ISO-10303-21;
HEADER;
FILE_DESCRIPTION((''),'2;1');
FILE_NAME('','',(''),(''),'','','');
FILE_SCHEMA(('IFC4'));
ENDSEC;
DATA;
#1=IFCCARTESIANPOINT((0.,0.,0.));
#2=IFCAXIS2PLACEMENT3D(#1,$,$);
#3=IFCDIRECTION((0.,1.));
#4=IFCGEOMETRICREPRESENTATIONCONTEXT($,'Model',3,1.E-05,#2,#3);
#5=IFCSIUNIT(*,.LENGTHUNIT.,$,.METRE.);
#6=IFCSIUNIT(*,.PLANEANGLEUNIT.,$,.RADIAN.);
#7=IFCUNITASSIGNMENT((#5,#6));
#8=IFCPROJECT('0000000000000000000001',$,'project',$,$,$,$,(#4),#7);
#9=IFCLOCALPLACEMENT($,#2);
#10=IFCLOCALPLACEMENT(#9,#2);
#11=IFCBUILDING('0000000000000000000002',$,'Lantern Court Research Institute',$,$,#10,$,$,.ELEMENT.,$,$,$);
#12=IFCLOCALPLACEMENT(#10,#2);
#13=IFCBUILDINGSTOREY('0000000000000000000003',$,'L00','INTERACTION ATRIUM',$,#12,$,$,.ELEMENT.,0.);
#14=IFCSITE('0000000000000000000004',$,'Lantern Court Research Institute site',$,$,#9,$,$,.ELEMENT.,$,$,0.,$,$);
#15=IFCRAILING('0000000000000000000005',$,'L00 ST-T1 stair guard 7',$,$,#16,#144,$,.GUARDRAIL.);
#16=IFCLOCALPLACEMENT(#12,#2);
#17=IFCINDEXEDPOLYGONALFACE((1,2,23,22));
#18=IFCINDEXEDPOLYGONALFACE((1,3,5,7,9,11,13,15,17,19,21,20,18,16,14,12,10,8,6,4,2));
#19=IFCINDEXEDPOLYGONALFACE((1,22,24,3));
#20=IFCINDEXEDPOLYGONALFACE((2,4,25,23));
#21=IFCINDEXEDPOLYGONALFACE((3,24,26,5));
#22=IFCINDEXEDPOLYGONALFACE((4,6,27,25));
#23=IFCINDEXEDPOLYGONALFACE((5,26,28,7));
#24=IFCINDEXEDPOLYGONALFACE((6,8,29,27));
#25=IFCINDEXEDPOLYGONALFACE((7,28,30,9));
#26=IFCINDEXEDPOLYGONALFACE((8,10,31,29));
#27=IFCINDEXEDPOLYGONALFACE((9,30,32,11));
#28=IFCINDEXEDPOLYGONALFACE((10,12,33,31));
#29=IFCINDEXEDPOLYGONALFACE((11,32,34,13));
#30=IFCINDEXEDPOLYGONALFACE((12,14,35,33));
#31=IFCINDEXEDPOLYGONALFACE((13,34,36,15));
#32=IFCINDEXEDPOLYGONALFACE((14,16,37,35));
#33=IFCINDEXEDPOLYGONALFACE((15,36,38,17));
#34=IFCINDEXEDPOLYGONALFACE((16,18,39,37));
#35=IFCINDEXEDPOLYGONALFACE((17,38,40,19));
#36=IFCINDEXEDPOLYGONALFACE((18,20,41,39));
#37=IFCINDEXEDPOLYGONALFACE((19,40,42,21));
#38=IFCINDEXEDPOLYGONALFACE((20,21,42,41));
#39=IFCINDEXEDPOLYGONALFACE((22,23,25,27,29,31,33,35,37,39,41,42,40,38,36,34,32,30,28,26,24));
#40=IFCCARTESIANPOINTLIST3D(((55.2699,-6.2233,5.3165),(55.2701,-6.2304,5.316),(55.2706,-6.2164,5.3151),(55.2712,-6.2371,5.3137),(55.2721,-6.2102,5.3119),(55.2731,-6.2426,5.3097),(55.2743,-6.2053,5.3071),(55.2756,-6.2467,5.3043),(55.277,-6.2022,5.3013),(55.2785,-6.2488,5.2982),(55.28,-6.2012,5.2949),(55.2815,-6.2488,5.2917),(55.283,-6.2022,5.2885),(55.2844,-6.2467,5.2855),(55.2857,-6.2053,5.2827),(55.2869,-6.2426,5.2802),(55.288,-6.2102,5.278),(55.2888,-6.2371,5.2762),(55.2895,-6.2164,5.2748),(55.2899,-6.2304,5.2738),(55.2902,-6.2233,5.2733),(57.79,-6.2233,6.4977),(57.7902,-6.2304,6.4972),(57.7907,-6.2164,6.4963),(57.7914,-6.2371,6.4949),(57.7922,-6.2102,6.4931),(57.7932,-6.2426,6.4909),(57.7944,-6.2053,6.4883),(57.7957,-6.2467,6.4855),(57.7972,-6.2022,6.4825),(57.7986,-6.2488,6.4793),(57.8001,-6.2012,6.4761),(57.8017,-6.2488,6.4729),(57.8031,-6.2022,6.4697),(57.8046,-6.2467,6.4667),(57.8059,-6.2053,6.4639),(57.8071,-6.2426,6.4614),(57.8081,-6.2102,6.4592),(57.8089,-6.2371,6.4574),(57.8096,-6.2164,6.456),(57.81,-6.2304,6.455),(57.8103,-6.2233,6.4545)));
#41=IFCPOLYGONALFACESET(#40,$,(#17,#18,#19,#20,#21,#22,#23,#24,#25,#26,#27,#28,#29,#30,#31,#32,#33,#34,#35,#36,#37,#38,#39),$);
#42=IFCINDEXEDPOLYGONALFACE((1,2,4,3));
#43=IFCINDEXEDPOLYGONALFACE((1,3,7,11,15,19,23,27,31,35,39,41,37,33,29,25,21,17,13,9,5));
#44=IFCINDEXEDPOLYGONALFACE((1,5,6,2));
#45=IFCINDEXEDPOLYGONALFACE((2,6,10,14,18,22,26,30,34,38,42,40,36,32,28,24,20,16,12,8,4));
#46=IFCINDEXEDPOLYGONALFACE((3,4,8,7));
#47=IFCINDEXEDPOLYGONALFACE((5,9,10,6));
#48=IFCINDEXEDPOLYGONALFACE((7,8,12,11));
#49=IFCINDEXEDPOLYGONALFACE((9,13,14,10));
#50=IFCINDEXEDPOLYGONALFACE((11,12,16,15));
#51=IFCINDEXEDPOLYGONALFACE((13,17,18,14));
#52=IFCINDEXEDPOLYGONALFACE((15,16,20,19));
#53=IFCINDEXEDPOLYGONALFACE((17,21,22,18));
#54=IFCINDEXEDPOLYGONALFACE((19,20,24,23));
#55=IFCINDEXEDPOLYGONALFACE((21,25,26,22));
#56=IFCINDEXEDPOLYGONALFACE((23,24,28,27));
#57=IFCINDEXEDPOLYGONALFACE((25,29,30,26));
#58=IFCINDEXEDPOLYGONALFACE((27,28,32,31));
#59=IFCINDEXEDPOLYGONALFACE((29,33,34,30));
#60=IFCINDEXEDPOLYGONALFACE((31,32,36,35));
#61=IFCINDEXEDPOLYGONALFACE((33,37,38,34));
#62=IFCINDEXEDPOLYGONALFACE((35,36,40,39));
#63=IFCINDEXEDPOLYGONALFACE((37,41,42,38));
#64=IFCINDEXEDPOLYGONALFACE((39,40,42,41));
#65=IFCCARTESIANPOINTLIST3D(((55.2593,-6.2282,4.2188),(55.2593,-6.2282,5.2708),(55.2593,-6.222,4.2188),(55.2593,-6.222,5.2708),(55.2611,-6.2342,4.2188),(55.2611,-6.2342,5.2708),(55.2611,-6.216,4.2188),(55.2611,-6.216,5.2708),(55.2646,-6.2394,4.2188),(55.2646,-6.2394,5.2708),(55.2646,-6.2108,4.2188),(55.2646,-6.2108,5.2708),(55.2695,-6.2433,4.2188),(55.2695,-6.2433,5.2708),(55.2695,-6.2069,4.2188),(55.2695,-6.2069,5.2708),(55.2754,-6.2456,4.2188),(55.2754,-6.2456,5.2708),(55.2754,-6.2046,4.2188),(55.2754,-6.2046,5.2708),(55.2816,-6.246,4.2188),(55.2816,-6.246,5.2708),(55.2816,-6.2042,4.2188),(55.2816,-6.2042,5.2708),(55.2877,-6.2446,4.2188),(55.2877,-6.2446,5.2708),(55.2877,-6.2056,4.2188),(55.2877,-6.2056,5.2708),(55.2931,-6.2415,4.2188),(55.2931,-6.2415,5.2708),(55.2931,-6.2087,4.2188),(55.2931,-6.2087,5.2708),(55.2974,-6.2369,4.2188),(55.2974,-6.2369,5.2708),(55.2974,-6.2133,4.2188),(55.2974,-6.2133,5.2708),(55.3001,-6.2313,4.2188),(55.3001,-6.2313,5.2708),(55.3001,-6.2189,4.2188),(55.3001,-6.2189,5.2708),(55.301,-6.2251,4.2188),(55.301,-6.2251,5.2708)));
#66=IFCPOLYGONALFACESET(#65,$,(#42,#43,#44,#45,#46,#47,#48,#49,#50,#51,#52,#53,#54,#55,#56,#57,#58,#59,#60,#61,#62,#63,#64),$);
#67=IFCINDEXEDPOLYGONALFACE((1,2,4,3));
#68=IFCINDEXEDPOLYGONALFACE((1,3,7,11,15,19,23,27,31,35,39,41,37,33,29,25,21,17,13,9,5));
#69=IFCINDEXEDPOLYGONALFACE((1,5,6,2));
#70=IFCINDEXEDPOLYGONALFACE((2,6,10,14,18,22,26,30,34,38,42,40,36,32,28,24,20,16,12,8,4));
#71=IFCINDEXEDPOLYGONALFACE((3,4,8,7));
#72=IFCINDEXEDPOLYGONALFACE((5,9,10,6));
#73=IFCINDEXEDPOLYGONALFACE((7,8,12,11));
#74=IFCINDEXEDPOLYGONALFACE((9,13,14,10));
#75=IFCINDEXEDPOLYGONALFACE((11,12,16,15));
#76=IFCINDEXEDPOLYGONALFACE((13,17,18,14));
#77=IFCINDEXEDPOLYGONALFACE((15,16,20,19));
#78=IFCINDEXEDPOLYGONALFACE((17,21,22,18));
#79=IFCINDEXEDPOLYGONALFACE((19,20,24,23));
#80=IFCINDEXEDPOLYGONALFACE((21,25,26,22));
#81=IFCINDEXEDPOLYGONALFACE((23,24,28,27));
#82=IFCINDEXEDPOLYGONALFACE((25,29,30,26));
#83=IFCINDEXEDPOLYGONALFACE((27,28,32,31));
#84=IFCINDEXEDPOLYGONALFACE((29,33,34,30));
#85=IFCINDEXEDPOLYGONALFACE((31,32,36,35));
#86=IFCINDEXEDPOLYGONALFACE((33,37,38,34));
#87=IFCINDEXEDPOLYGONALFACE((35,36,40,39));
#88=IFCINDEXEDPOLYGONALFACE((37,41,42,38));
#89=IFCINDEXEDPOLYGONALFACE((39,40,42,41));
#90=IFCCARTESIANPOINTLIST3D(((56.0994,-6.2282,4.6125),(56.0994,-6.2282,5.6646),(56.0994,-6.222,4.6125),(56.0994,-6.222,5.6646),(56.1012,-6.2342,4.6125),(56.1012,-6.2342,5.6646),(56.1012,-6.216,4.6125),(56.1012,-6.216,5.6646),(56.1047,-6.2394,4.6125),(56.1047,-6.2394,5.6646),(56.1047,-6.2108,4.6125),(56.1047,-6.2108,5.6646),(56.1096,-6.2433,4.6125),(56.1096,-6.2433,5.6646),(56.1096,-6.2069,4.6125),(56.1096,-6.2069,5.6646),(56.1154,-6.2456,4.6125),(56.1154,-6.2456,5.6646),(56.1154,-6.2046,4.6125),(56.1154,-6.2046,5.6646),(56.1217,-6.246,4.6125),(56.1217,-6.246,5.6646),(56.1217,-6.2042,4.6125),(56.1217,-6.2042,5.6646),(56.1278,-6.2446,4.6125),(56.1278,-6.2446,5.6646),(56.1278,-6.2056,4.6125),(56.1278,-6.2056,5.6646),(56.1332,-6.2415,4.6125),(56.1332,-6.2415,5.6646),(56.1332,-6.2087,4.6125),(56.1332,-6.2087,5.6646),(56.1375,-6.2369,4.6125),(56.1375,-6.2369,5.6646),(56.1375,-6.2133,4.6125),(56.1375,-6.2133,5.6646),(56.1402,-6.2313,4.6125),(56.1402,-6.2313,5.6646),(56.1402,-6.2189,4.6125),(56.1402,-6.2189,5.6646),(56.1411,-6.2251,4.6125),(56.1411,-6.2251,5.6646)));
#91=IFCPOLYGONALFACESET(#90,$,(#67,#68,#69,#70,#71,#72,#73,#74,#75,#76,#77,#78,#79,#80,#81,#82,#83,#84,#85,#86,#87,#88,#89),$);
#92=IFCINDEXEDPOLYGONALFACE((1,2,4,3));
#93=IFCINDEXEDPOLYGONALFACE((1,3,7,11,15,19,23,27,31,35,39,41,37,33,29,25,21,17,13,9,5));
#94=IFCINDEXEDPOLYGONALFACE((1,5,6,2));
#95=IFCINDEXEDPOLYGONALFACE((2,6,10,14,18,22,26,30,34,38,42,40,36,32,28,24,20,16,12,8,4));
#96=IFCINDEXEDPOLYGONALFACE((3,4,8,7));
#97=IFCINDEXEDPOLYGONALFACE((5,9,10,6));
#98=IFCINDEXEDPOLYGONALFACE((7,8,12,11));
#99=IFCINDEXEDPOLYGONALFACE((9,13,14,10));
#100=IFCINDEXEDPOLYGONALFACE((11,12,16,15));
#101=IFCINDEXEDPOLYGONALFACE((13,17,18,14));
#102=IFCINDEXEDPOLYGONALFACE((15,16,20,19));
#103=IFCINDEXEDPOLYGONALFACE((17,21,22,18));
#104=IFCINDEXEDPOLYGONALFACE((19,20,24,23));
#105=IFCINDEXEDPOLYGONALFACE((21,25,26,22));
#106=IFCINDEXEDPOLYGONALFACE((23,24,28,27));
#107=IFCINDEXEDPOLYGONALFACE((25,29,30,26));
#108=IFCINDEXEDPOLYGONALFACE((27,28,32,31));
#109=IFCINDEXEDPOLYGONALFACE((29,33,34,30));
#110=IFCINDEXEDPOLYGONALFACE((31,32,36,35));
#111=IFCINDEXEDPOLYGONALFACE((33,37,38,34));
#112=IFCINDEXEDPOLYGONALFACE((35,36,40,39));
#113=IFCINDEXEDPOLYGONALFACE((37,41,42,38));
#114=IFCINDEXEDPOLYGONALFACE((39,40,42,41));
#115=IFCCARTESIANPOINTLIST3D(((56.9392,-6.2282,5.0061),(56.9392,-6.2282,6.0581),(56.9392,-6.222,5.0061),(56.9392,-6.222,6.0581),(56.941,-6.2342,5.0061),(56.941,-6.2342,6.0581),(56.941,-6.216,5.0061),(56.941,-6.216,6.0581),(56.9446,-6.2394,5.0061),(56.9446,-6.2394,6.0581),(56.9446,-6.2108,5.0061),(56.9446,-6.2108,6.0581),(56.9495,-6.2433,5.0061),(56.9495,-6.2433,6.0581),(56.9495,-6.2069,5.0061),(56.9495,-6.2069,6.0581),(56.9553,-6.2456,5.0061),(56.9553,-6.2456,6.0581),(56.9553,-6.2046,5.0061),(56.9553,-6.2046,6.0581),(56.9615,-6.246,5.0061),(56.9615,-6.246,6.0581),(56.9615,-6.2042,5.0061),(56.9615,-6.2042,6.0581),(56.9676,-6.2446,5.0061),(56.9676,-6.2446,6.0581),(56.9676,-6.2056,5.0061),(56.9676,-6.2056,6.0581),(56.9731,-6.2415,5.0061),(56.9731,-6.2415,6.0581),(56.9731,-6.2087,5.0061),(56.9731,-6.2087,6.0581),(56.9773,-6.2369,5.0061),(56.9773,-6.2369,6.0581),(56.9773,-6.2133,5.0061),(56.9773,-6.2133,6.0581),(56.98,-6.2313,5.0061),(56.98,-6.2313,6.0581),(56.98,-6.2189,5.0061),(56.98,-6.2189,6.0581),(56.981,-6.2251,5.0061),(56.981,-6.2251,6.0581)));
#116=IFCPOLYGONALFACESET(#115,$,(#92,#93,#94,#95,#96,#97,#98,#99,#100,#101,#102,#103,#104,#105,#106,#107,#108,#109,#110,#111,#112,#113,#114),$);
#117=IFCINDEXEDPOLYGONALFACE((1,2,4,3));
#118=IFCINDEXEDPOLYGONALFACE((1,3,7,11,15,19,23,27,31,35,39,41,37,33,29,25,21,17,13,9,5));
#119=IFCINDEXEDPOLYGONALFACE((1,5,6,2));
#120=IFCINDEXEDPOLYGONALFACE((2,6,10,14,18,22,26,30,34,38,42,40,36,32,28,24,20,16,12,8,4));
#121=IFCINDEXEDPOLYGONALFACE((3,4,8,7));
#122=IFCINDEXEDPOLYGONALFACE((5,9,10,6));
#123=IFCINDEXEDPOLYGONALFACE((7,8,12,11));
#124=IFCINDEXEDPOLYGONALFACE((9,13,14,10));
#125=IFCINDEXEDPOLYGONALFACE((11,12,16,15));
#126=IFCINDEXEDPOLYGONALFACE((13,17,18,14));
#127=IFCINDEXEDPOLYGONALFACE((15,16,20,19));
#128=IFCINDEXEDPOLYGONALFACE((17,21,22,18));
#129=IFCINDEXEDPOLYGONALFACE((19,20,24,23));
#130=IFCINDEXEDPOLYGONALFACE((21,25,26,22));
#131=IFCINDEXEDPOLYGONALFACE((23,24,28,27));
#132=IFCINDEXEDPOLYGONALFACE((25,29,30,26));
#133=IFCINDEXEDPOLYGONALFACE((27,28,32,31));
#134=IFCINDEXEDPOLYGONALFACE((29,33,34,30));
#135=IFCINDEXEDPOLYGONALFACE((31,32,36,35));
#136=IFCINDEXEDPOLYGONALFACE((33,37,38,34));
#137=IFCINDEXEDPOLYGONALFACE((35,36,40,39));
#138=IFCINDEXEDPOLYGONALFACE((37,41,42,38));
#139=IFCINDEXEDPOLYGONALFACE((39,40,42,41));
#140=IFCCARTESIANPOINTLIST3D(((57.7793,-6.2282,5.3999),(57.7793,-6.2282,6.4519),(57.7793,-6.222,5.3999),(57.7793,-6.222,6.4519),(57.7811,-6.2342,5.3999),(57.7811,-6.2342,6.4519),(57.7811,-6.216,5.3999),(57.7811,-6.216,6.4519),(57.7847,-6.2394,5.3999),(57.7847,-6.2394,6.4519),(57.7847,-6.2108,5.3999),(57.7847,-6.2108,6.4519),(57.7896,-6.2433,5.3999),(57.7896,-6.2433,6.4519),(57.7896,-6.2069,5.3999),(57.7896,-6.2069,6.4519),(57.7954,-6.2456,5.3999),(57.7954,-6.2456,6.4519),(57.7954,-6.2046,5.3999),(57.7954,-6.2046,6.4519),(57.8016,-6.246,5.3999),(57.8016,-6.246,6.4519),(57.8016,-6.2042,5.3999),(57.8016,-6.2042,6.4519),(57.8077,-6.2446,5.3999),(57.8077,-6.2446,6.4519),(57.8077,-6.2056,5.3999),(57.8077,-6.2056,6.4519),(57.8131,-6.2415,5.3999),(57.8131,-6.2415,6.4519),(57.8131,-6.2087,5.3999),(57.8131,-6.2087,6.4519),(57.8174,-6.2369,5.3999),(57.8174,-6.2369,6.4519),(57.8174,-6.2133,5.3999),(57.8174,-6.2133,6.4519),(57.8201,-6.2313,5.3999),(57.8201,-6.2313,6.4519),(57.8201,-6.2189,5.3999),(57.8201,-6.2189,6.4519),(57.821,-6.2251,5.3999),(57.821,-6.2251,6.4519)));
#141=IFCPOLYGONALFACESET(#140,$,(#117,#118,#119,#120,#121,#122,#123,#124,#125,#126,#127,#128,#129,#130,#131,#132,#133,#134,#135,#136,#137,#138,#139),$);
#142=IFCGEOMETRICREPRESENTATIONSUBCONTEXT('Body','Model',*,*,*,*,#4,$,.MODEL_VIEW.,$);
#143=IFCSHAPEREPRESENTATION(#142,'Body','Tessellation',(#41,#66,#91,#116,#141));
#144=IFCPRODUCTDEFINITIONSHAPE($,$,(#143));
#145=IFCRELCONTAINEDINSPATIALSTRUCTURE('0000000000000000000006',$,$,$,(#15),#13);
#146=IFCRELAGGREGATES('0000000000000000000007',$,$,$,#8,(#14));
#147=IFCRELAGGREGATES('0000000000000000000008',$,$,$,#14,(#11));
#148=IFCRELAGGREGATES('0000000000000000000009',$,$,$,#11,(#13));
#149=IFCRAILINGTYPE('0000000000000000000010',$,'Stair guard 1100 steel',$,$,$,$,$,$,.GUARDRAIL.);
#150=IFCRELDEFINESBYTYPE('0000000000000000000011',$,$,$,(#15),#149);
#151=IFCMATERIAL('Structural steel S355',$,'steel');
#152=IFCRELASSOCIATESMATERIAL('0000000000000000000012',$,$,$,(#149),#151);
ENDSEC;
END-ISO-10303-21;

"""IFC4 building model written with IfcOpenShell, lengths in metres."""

from ifc_helpers import new_model, si_unit, direction, frame, origin, origin_2d, place, context, subcontext, project, spatial, circle, extrude, material, type_object, element, save


model = new_model("IFC4")

# Units and contexts
model_context = context("Model", 3, precision=1e-05, world=origin(), true_north=direction((0.0, 1.0)))
body_context = subcontext(model_context, "Body", "Model", "MODEL_VIEW")
ifc_project = project(units=[si_unit("LENGTHUNIT", "METRE"), si_unit("PLANEANGLEUNIT", "RADIAN")], contexts=[model_context])

# Site, building, storey
site_placement = place(None, origin())
site = spatial("IfcSite", under=ifc_project, at=site_placement, Name="Lantern Court Research Institute site", CompositionType="ELEMENT", RefElevation=0.0)
building_placement = place(site_placement, origin())
building = spatial("IfcBuilding", under=site, at=building_placement, Name="Lantern Court Research Institute", CompositionType="ELEMENT")
storey_placement = place(building_placement, origin())
storey = spatial("IfcBuildingStorey", under=building, at=storey_placement, Name="L00", Description="INTERACTION ATRIUM", CompositionType="ELEMENT", Elevation=0.0)

# Railing
ifc_material_1 = material(Name="Structural steel S355", Category="steel")
railing_type_1 = type_object("IfcRailingType", Name="Stair guard 1100 steel", PredefinedType="GUARDRAIL", material=ifc_material_1)
railing_1_placement = place(storey_placement, frame((55.28, -6.2251, 4.2188)))
element("IfcRailing", 1, at=railing_1_placement, inside=storey, type_object=railing_type_1, Name="L00 ST-T1 stair guard 7", PredefinedType="GUARDRAIL", context=body_context, shape_type="SweptSolid", body=[
    extrude(circle(Radius=0.0239, at=origin_2d()), frame((0.0, 0.0, 1.0762), z_axis=(0.905474, 0.0, 0.424402), x_axis=(0.0, 1.0, 0.0)), (0.0, 0.0, 1.0), 2.7832),
    extrude(circle(Radius=0.021, at=origin_2d()), origin(), (0.0, 0.0, 1.0), 1.052),
    extrude(circle(Radius=0.021, at=origin_2d()), frame((0.8401, 0.0, 0.3938)), (0.0, 0.0, 1.0), 1.052),
    extrude(circle(Radius=0.021, at=origin_2d()), frame((1.6799, 0.0, 0.7874)), (0.0, 0.0, 1.0), 1.052),
    extrude(circle(Radius=0.021, at=origin_2d()), frame((2.52, 0.0, 1.1812)), (0.0, 0.0, 1.0), 1.052),
])

save(model, "model.ifc")
